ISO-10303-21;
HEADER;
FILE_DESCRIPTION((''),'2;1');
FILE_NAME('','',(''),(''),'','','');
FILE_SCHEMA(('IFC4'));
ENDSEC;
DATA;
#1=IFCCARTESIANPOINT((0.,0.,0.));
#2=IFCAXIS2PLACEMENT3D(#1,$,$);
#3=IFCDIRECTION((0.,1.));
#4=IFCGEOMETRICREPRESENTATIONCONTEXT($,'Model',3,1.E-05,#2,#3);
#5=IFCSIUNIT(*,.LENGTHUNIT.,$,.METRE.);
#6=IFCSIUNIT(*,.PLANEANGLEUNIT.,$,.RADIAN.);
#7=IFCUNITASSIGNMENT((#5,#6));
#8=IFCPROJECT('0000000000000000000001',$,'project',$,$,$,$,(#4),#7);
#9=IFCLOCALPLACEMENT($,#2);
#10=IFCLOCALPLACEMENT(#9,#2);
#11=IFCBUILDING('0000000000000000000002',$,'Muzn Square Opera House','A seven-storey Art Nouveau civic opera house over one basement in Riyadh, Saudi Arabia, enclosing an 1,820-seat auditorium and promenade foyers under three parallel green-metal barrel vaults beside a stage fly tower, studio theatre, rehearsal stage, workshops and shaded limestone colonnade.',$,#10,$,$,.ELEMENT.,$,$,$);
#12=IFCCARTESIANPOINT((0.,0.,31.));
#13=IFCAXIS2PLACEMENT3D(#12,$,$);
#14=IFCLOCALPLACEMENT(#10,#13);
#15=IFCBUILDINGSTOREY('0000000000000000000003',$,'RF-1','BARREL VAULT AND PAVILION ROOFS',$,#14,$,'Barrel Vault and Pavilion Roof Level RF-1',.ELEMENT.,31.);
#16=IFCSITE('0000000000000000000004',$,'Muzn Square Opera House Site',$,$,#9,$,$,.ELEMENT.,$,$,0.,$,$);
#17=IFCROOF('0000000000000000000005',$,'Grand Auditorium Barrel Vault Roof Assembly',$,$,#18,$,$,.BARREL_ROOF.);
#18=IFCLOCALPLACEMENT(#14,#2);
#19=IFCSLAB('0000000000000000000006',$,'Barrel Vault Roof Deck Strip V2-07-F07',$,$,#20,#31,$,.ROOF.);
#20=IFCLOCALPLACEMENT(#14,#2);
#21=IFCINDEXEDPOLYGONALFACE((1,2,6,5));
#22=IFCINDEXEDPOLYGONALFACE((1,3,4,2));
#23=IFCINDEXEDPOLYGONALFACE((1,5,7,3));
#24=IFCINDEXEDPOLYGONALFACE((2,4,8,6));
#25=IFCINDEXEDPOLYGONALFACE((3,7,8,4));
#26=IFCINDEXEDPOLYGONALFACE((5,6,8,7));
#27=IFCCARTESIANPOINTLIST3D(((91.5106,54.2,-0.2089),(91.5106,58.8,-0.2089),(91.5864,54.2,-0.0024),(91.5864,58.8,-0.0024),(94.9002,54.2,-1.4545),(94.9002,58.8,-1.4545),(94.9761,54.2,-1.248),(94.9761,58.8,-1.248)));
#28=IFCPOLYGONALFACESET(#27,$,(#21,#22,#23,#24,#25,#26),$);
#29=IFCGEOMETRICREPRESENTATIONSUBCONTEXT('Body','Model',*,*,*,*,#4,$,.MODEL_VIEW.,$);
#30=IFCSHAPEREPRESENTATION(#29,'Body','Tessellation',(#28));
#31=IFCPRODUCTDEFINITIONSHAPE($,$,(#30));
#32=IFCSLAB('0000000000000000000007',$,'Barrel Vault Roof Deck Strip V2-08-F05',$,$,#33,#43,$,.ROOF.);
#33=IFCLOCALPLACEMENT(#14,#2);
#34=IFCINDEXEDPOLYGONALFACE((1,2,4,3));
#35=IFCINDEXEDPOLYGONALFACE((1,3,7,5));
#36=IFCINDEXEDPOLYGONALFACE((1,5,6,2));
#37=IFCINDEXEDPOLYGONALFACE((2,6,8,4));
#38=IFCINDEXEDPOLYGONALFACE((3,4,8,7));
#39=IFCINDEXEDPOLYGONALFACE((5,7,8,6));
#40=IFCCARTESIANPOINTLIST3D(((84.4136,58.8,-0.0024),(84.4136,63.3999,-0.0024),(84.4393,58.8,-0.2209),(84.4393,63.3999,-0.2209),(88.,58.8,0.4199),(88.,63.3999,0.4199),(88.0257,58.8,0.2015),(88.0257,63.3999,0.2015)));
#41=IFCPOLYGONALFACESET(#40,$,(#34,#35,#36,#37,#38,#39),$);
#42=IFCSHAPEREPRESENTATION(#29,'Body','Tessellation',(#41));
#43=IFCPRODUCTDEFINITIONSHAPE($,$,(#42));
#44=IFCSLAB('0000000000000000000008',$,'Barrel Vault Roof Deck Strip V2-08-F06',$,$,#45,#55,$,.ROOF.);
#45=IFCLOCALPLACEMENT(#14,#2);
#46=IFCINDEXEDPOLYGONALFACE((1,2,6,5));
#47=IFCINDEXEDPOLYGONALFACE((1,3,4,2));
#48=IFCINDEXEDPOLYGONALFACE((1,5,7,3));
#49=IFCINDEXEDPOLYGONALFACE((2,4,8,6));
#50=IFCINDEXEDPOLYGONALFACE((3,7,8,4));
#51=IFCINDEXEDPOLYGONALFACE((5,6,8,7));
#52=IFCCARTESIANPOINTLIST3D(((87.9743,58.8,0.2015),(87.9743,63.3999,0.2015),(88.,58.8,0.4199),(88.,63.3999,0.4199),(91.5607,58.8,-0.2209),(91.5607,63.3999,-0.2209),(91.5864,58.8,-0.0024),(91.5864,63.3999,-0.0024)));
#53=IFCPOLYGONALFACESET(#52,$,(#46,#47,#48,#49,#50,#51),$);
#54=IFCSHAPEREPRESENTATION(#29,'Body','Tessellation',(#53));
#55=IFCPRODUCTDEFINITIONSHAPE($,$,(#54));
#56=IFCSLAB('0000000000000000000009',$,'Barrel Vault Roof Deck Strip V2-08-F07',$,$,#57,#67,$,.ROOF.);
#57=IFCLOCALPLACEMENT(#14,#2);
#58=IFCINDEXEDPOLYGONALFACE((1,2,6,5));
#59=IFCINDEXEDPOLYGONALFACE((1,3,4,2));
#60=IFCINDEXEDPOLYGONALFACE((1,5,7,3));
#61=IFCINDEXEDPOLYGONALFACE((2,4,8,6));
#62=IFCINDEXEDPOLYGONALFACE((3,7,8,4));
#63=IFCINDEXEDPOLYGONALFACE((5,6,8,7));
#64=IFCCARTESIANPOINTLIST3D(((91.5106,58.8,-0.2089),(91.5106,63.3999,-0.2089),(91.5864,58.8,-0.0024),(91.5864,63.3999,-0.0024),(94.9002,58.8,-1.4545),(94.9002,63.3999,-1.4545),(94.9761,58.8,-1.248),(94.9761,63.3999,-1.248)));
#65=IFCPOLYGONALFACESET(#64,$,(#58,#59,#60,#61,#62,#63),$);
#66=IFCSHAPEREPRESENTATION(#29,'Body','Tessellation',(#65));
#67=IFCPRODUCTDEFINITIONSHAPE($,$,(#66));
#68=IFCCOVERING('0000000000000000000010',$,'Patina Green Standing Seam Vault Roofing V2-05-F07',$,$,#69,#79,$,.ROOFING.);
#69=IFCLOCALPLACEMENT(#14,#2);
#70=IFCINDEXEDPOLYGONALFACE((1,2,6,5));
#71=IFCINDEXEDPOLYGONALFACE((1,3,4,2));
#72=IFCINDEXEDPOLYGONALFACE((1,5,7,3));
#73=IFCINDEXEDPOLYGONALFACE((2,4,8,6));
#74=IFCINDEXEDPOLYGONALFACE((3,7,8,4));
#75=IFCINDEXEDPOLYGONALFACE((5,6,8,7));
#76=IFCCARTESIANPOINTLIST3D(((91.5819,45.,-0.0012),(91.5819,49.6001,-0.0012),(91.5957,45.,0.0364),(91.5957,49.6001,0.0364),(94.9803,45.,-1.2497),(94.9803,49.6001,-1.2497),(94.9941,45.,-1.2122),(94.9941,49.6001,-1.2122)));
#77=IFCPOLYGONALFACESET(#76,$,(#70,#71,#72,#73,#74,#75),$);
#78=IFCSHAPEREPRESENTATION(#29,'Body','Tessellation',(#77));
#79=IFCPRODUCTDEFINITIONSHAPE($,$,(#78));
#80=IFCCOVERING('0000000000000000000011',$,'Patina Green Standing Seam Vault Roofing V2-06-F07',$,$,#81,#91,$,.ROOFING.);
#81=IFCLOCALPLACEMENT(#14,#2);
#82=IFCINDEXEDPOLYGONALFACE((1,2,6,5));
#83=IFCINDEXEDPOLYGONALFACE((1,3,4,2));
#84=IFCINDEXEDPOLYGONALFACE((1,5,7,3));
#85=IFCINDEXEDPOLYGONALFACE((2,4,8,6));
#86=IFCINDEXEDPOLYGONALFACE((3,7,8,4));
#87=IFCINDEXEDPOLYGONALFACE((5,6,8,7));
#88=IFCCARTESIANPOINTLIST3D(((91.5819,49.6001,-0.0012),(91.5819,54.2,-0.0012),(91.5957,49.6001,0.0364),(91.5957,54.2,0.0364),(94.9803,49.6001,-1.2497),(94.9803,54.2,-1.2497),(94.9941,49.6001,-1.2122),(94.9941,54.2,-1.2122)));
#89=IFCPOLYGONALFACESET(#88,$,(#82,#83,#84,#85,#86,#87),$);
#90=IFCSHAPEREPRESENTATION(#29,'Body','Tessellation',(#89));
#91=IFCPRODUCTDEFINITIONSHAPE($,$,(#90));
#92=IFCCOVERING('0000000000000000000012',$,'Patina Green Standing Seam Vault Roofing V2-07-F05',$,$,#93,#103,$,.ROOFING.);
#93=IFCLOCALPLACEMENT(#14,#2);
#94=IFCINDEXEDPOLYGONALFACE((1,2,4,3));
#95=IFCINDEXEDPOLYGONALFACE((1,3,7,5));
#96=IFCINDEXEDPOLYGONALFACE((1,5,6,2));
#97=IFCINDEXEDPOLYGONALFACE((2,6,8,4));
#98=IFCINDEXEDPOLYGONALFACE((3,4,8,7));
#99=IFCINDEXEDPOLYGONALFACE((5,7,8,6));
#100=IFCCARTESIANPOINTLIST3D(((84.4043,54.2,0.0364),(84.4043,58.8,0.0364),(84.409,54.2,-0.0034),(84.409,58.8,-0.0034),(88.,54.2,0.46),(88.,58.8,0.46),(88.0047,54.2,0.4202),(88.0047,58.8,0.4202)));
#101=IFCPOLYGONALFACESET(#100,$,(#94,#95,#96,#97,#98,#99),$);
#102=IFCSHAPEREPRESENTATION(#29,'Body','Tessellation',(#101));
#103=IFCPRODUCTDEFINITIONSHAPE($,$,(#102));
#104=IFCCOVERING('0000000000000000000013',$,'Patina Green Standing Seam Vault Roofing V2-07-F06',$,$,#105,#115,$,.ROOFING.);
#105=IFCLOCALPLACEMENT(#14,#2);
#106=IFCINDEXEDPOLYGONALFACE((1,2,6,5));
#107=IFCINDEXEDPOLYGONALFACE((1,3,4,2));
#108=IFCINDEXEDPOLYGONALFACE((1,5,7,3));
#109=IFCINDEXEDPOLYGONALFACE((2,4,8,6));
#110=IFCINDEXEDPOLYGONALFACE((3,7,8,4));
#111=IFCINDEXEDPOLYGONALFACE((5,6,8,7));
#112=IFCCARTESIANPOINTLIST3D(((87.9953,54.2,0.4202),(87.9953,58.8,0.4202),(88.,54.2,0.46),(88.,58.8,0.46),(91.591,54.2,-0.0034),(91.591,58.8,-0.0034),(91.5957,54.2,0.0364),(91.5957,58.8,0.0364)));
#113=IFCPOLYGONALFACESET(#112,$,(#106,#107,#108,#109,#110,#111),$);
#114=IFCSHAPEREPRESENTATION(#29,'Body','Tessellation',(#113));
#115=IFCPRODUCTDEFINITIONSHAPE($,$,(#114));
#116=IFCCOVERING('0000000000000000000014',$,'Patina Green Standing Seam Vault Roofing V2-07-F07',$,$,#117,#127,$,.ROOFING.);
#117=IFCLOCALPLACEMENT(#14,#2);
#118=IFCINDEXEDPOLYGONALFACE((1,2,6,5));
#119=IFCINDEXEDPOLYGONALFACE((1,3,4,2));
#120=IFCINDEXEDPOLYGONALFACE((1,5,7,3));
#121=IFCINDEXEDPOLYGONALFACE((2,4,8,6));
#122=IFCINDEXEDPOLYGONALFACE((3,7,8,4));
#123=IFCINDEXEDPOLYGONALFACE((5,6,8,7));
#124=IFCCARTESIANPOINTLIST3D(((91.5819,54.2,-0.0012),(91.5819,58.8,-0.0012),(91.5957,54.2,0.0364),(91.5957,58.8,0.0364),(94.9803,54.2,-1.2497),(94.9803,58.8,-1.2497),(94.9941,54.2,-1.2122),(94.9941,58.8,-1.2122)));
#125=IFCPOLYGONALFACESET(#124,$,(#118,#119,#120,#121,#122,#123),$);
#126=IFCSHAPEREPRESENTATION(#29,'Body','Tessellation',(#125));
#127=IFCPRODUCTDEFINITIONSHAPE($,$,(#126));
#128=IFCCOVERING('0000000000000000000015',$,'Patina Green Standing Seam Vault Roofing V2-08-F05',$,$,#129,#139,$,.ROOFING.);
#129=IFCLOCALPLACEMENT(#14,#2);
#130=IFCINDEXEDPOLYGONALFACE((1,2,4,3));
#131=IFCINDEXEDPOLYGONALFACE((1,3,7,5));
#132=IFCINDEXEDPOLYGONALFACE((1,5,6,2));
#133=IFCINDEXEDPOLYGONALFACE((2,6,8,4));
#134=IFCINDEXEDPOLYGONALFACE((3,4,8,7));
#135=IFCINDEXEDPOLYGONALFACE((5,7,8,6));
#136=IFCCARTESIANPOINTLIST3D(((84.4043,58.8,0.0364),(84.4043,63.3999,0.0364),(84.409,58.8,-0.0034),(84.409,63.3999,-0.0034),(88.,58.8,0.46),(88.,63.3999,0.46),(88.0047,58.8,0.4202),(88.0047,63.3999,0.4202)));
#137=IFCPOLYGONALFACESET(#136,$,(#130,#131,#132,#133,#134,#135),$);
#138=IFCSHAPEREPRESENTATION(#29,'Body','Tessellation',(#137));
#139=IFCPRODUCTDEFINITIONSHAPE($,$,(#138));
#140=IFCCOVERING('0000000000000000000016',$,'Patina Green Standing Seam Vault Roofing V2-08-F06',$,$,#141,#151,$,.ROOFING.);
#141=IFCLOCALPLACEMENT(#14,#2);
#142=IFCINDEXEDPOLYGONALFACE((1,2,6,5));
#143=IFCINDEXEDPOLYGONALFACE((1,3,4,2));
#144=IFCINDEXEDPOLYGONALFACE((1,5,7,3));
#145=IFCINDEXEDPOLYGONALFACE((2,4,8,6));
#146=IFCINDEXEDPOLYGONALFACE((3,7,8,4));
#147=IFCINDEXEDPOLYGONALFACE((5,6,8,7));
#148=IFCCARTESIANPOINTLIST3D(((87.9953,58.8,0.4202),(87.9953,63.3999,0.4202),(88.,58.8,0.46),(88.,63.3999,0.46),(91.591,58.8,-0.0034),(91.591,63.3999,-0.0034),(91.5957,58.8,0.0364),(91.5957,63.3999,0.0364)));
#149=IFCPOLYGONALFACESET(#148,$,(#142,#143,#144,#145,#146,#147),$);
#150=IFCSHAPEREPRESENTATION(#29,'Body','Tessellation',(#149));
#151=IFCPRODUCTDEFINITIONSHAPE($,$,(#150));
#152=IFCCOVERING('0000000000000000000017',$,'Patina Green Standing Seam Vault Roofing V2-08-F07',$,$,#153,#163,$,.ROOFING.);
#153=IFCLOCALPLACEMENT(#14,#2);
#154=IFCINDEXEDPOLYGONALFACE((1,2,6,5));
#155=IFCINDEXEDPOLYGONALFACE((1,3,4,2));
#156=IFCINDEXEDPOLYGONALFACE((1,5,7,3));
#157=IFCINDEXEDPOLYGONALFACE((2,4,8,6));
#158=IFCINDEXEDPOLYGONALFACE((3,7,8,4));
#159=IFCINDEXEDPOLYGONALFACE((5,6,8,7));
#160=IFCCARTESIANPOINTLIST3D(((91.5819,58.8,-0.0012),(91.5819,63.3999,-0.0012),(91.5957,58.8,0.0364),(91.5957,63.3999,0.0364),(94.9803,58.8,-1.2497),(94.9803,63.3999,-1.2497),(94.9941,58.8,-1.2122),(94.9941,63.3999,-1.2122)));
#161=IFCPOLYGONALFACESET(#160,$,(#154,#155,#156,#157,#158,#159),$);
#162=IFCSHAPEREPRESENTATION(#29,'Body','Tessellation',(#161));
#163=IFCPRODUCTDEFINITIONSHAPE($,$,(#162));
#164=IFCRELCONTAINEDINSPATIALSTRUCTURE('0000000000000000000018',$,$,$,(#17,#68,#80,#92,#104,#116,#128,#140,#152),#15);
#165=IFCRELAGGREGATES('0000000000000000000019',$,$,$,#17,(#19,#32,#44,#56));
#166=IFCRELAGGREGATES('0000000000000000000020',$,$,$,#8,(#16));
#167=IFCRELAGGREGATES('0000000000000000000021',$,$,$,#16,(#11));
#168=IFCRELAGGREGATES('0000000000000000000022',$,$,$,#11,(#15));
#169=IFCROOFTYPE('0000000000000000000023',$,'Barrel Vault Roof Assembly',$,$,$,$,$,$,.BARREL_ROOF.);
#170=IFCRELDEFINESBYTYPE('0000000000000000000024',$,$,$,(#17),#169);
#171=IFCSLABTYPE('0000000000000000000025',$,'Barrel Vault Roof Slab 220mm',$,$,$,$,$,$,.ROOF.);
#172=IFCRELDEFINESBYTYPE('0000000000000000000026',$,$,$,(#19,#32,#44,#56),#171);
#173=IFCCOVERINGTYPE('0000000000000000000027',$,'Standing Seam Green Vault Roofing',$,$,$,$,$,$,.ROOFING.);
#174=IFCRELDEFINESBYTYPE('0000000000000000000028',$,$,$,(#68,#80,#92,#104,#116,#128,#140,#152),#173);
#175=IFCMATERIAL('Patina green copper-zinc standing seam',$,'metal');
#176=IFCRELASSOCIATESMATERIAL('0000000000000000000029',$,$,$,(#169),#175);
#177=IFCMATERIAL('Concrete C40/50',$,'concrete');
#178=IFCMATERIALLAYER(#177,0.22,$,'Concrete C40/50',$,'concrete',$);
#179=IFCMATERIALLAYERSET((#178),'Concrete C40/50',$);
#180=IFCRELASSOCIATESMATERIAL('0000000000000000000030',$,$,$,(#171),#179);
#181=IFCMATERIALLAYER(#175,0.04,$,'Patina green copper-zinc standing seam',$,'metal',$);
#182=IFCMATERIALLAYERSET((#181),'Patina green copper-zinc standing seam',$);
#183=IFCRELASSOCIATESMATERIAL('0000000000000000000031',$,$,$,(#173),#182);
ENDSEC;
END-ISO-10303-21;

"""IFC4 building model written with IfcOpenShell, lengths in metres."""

from ifc_helpers import new_model, si_unit, direction, frame, origin, place, context, subcontext, project, spatial, polyline, outline, extrude, material, layer, layer_set, type_object, element, aggregate, save


model = new_model("IFC4")

# Units and contexts
model_context = context("Model", 3, precision=1e-05, world=origin(), true_north=direction((0.0, 1.0)))
body_context = subcontext(model_context, "Body", "Model", "MODEL_VIEW")
ifc_project = project(units=[si_unit("LENGTHUNIT", "METRE"), si_unit("PLANEANGLEUNIT", "RADIAN")], contexts=[model_context])

# Site, building, storey
site_placement = place(None, origin())
site = spatial("IfcSite", under=ifc_project, at=site_placement, Name="Muzn Square Opera House Site", CompositionType="ELEMENT", RefElevation=0.0)
building_placement = place(site_placement, origin())
building = spatial("IfcBuilding", under=site, at=building_placement, Name="Muzn Square Opera House", Description="A seven-storey Art Nouveau civic opera house over one basement in Riyadh, Saudi Arabia, enclosing an 1,820-seat auditorium and promenade foyers under three parallel green-metal barrel vaults beside a stage fly tower, studio theatre, rehearsal stage, workshops and shaded limestone colonnade.", CompositionType="ELEMENT")
storey_placement = place(building_placement, frame((0.0, 0.0, 31.0)))
storey = spatial("IfcBuildingStorey", under=building, at=storey_placement, Name="RF-1", Description="BARREL VAULT AND PAVILION ROOFS", LongName="Barrel Vault and Pavilion Roof Level RF-1", CompositionType="ELEMENT", Elevation=31.0)

# Roof, slabs
ifc_material_1 = material(Name="Patina green copper-zinc standing seam", Category="metal")
roof_type = type_object("IfcRoofType", Name="Barrel Vault Roof Assembly", PredefinedType="BARREL_ROOF", material=ifc_material_1)
roof_placement = place(storey_placement, origin())
roof = element("IfcRoof", 1, at=roof_placement, inside=storey, type_object=roof_type, Name="Grand Auditorium Barrel Vault Roof Assembly", PredefinedType="BARREL_ROOF")
ifc_material_2 = material(Name="Concrete C40/50", Category="concrete")
ifc_layer_1 = layer(ifc_material_2, 0.22, Name="Concrete C40/50", Category="concrete")
ifc_layer_set_1 = layer_set([ifc_layer_1], Name="Concrete C40/50")
slab_type = type_object("IfcSlabType", Name="Barrel Vault Roof Slab 220mm", PredefinedType="ROOF", material=ifc_layer_set_1)
slab_1_placement = place(storey_placement, frame((91.5864, 54.2, -0.0024), z_axis=(0.344922, 0.0, 0.938631), x_axis=(0.938631, 0.0, -0.344922)))
slab_1 = element("IfcSlab", 2, at=slab_1_placement, type_object=slab_type, Name="Barrel Vault Roof Deck Strip V2-07-F07", PredefinedType="ROOF", context=body_context, shape_type="SweptSolid", body=[
    extrude(outline(polyline([(0.0, 0.0), (3.6113, 0.0), (3.6113, 4.6001), (0.0, 4.6001), (0.0, 0.0)])), origin(), (0.0, 0.0, -1.0), 0.22),
])
slab_2_placement = place(storey_placement, frame((88.0, 58.8, 0.4199), z_axis=(-0.116959, 0.0, 0.993137), x_axis=(0.0, 1.0, 0.0)))
slab_2 = element("IfcSlab", 3, at=slab_2_placement, type_object=slab_type, Name="Barrel Vault Roof Deck Strip V2-08-F05", PredefinedType="ROOF", context=body_context, shape_type="SweptSolid", body=[
    extrude(outline(polyline([(0.0, 3.6112), (0.0, 0.0), (4.5999, 0.0), (4.5999, 3.6112), (0.0, 3.6112)])), origin(), (0.0, 0.0, -1.0), 0.22),
])
slab_3_placement = place(storey_placement, frame((88.0, 58.8, 0.4199), z_axis=(0.116959, 0.0, 0.993137), x_axis=(0.993137, 0.0, -0.116959)))
slab_3 = element("IfcSlab", 4, at=slab_3_placement, type_object=slab_type, Name="Barrel Vault Roof Deck Strip V2-08-F06", PredefinedType="ROOF", context=body_context, shape_type="SweptSolid", body=[
    extrude(outline(polyline([(0.0, 0.0), (3.6112, 0.0), (3.6112, 4.5999), (0.0, 4.5999), (0.0, 0.0)])), origin(), (0.0, 0.0, -1.0), 0.22),
])
slab_4_placement = place(storey_placement, frame((91.5864, 58.8, -0.0024), z_axis=(0.344922, 0.0, 0.938631), x_axis=(0.938631, 0.0, -0.344922)))
slab_4 = element("IfcSlab", 5, at=slab_4_placement, type_object=slab_type, Name="Barrel Vault Roof Deck Strip V2-08-F07", PredefinedType="ROOF", context=body_context, shape_type="SweptSolid", body=[
    extrude(outline(polyline([(0.0, 0.0), (3.6113, 0.0), (3.6113, 4.5999), (0.0, 4.5999), (0.0, 0.0)])), origin(), (0.0, 0.0, -1.0), 0.22),
])
aggregate(roof, [slab_1, slab_2, slab_3, slab_4])

# Coverings
ifc_layer_2 = layer(ifc_material_1, 0.04, Name="Patina green copper-zinc standing seam", Category="metal")
ifc_layer_set_2 = layer_set([ifc_layer_2], Name="Patina green copper-zinc standing seam")
covering_type = type_object("IfcCoveringType", Name="Standing Seam Green Vault Roofing", PredefinedType="ROOFING", material=ifc_layer_set_2)
covering_1_placement = place(storey_placement, frame((91.5957, 45.0, 0.0364), z_axis=(0.344849, 0.0, 0.938658), x_axis=(0.938658, 0.0, -0.344849)))
element("IfcCovering", 6, at=covering_1_placement, inside=storey, type_object=covering_type, Name="Patina Green Standing Seam Vault Roofing V2-05-F07", PredefinedType="ROOFING", context=body_context, shape_type="SweptSolid", body=[
    extrude(outline(polyline([(0.0, 0.0), (3.6205, 0.0), (3.6205, 4.6001), (0.0, 4.6001), (0.0, 0.0)])), origin(), (0.0, 0.0, -1.0), 0.04),
])
covering_2_placement = place(storey_placement, frame((91.5957, 49.6001, 0.0364), z_axis=(0.344849, 0.0, 0.938658), x_axis=(0.938658, 0.0, -0.344849)))
element("IfcCovering", 7, at=covering_2_placement, inside=storey, type_object=covering_type, Name="Patina Green Standing Seam Vault Roofing V2-06-F07", PredefinedType="ROOFING", context=body_context, shape_type="SweptSolid", body=[
    extrude(outline(polyline([(0.0, 0.0), (3.6205, 0.0), (3.6205, 4.5999), (0.0, 4.5999), (0.0, 0.0)])), origin(), (0.0, 0.0, -1.0), 0.04),
])
covering_3_placement = place(storey_placement, frame((88.0, 54.2, 0.46), z_axis=(-0.116994, 0.0, 0.993133), x_axis=(0.0, 1.0, 0.0)))
element("IfcCovering", 8, at=covering_3_placement, inside=storey, type_object=covering_type, Name="Patina Green Standing Seam Vault Roofing V2-07-F05", PredefinedType="ROOFING", context=body_context, shape_type="SweptSolid", body=[
    extrude(outline(polyline([(0.0, 3.6206), (0.0, 0.0), (4.6001, 0.0), (4.6001, 3.6206), (0.0, 3.6206)])), origin(), (0.0, 0.0, -1.0), 0.04),
])
covering_4_placement = place(storey_placement, frame((88.0, 54.2, 0.46), z_axis=(0.116994, 0.0, 0.993133), x_axis=(0.993133, 0.0, -0.116994)))
element("IfcCovering", 9, at=covering_4_placement, inside=storey, type_object=covering_type, Name="Patina Green Standing Seam Vault Roofing V2-07-F06", PredefinedType="ROOFING", context=body_context, shape_type="SweptSolid", body=[
    extrude(outline(polyline([(0.0, 0.0), (3.6206, 0.0), (3.6206, 4.6001), (0.0, 4.6001), (0.0, 0.0)])), origin(), (0.0, 0.0, -1.0), 0.04),
])
covering_5_placement = place(storey_placement, frame((91.5957, 54.2, 0.0364), z_axis=(0.344849, 0.0, 0.938658), x_axis=(0.938658, 0.0, -0.344849)))
element("IfcCovering", 10, at=covering_5_placement, inside=storey, type_object=covering_type, Name="Patina Green Standing Seam Vault Roofing V2-07-F07", PredefinedType="ROOFING", context=body_context, shape_type="SweptSolid", body=[
    extrude(outline(polyline([(0.0, 0.0), (3.6205, 0.0), (3.6205, 4.6001), (0.0, 4.6001), (0.0, 0.0)])), origin(), (0.0, 0.0, -1.0), 0.04),
])
covering_6_placement = place(storey_placement, frame((88.0, 58.8, 0.46), z_axis=(-0.116994, 0.0, 0.993133), x_axis=(0.0, 1.0, 0.0)))
element("IfcCovering", 11, at=covering_6_placement, inside=storey, type_object=covering_type, Name="Patina Green Standing Seam Vault Roofing V2-08-F05", PredefinedType="ROOFING", context=body_context, shape_type="SweptSolid", body=[
    extrude(outline(polyline([(0.0, 3.6206), (0.0, 0.0), (4.5999, 0.0), (4.5999, 3.6206), (0.0, 3.6206)])), origin(), (0.0, 0.0, -1.0), 0.04),
])
covering_7_placement = place(storey_placement, frame((88.0, 58.8, 0.46), z_axis=(0.116994, 0.0, 0.993133), x_axis=(0.993133, 0.0, -0.116994)))
element("IfcCovering", 12, at=covering_7_placement, inside=storey, type_object=covering_type, Name="Patina Green Standing Seam Vault Roofing V2-08-F06", PredefinedType="ROOFING", context=body_context, shape_type="SweptSolid", body=[
    extrude(outline(polyline([(0.0, 0.0), (3.6206, 0.0), (3.6206, 4.5999), (0.0, 4.5999), (0.0, 0.0)])), origin(), (0.0, 0.0, -1.0), 0.04),
])
covering_8_placement = place(storey_placement, frame((91.5957, 58.8, 0.0364), z_axis=(0.344849, 0.0, 0.938658), x_axis=(0.938658, 0.0, -0.344849)))
element("IfcCovering", 13, at=covering_8_placement, inside=storey, type_object=covering_type, Name="Patina Green Standing Seam Vault Roofing V2-08-F07", PredefinedType="ROOFING", context=body_context, shape_type="SweptSolid", body=[
    extrude(outline(polyline([(0.0, 0.0), (3.6205, 0.0), (3.6205, 4.5999), (0.0, 4.5999), (0.0, 0.0)])), origin(), (0.0, 0.0, -1.0), 0.04),
])

save(model, "model.ifc")
